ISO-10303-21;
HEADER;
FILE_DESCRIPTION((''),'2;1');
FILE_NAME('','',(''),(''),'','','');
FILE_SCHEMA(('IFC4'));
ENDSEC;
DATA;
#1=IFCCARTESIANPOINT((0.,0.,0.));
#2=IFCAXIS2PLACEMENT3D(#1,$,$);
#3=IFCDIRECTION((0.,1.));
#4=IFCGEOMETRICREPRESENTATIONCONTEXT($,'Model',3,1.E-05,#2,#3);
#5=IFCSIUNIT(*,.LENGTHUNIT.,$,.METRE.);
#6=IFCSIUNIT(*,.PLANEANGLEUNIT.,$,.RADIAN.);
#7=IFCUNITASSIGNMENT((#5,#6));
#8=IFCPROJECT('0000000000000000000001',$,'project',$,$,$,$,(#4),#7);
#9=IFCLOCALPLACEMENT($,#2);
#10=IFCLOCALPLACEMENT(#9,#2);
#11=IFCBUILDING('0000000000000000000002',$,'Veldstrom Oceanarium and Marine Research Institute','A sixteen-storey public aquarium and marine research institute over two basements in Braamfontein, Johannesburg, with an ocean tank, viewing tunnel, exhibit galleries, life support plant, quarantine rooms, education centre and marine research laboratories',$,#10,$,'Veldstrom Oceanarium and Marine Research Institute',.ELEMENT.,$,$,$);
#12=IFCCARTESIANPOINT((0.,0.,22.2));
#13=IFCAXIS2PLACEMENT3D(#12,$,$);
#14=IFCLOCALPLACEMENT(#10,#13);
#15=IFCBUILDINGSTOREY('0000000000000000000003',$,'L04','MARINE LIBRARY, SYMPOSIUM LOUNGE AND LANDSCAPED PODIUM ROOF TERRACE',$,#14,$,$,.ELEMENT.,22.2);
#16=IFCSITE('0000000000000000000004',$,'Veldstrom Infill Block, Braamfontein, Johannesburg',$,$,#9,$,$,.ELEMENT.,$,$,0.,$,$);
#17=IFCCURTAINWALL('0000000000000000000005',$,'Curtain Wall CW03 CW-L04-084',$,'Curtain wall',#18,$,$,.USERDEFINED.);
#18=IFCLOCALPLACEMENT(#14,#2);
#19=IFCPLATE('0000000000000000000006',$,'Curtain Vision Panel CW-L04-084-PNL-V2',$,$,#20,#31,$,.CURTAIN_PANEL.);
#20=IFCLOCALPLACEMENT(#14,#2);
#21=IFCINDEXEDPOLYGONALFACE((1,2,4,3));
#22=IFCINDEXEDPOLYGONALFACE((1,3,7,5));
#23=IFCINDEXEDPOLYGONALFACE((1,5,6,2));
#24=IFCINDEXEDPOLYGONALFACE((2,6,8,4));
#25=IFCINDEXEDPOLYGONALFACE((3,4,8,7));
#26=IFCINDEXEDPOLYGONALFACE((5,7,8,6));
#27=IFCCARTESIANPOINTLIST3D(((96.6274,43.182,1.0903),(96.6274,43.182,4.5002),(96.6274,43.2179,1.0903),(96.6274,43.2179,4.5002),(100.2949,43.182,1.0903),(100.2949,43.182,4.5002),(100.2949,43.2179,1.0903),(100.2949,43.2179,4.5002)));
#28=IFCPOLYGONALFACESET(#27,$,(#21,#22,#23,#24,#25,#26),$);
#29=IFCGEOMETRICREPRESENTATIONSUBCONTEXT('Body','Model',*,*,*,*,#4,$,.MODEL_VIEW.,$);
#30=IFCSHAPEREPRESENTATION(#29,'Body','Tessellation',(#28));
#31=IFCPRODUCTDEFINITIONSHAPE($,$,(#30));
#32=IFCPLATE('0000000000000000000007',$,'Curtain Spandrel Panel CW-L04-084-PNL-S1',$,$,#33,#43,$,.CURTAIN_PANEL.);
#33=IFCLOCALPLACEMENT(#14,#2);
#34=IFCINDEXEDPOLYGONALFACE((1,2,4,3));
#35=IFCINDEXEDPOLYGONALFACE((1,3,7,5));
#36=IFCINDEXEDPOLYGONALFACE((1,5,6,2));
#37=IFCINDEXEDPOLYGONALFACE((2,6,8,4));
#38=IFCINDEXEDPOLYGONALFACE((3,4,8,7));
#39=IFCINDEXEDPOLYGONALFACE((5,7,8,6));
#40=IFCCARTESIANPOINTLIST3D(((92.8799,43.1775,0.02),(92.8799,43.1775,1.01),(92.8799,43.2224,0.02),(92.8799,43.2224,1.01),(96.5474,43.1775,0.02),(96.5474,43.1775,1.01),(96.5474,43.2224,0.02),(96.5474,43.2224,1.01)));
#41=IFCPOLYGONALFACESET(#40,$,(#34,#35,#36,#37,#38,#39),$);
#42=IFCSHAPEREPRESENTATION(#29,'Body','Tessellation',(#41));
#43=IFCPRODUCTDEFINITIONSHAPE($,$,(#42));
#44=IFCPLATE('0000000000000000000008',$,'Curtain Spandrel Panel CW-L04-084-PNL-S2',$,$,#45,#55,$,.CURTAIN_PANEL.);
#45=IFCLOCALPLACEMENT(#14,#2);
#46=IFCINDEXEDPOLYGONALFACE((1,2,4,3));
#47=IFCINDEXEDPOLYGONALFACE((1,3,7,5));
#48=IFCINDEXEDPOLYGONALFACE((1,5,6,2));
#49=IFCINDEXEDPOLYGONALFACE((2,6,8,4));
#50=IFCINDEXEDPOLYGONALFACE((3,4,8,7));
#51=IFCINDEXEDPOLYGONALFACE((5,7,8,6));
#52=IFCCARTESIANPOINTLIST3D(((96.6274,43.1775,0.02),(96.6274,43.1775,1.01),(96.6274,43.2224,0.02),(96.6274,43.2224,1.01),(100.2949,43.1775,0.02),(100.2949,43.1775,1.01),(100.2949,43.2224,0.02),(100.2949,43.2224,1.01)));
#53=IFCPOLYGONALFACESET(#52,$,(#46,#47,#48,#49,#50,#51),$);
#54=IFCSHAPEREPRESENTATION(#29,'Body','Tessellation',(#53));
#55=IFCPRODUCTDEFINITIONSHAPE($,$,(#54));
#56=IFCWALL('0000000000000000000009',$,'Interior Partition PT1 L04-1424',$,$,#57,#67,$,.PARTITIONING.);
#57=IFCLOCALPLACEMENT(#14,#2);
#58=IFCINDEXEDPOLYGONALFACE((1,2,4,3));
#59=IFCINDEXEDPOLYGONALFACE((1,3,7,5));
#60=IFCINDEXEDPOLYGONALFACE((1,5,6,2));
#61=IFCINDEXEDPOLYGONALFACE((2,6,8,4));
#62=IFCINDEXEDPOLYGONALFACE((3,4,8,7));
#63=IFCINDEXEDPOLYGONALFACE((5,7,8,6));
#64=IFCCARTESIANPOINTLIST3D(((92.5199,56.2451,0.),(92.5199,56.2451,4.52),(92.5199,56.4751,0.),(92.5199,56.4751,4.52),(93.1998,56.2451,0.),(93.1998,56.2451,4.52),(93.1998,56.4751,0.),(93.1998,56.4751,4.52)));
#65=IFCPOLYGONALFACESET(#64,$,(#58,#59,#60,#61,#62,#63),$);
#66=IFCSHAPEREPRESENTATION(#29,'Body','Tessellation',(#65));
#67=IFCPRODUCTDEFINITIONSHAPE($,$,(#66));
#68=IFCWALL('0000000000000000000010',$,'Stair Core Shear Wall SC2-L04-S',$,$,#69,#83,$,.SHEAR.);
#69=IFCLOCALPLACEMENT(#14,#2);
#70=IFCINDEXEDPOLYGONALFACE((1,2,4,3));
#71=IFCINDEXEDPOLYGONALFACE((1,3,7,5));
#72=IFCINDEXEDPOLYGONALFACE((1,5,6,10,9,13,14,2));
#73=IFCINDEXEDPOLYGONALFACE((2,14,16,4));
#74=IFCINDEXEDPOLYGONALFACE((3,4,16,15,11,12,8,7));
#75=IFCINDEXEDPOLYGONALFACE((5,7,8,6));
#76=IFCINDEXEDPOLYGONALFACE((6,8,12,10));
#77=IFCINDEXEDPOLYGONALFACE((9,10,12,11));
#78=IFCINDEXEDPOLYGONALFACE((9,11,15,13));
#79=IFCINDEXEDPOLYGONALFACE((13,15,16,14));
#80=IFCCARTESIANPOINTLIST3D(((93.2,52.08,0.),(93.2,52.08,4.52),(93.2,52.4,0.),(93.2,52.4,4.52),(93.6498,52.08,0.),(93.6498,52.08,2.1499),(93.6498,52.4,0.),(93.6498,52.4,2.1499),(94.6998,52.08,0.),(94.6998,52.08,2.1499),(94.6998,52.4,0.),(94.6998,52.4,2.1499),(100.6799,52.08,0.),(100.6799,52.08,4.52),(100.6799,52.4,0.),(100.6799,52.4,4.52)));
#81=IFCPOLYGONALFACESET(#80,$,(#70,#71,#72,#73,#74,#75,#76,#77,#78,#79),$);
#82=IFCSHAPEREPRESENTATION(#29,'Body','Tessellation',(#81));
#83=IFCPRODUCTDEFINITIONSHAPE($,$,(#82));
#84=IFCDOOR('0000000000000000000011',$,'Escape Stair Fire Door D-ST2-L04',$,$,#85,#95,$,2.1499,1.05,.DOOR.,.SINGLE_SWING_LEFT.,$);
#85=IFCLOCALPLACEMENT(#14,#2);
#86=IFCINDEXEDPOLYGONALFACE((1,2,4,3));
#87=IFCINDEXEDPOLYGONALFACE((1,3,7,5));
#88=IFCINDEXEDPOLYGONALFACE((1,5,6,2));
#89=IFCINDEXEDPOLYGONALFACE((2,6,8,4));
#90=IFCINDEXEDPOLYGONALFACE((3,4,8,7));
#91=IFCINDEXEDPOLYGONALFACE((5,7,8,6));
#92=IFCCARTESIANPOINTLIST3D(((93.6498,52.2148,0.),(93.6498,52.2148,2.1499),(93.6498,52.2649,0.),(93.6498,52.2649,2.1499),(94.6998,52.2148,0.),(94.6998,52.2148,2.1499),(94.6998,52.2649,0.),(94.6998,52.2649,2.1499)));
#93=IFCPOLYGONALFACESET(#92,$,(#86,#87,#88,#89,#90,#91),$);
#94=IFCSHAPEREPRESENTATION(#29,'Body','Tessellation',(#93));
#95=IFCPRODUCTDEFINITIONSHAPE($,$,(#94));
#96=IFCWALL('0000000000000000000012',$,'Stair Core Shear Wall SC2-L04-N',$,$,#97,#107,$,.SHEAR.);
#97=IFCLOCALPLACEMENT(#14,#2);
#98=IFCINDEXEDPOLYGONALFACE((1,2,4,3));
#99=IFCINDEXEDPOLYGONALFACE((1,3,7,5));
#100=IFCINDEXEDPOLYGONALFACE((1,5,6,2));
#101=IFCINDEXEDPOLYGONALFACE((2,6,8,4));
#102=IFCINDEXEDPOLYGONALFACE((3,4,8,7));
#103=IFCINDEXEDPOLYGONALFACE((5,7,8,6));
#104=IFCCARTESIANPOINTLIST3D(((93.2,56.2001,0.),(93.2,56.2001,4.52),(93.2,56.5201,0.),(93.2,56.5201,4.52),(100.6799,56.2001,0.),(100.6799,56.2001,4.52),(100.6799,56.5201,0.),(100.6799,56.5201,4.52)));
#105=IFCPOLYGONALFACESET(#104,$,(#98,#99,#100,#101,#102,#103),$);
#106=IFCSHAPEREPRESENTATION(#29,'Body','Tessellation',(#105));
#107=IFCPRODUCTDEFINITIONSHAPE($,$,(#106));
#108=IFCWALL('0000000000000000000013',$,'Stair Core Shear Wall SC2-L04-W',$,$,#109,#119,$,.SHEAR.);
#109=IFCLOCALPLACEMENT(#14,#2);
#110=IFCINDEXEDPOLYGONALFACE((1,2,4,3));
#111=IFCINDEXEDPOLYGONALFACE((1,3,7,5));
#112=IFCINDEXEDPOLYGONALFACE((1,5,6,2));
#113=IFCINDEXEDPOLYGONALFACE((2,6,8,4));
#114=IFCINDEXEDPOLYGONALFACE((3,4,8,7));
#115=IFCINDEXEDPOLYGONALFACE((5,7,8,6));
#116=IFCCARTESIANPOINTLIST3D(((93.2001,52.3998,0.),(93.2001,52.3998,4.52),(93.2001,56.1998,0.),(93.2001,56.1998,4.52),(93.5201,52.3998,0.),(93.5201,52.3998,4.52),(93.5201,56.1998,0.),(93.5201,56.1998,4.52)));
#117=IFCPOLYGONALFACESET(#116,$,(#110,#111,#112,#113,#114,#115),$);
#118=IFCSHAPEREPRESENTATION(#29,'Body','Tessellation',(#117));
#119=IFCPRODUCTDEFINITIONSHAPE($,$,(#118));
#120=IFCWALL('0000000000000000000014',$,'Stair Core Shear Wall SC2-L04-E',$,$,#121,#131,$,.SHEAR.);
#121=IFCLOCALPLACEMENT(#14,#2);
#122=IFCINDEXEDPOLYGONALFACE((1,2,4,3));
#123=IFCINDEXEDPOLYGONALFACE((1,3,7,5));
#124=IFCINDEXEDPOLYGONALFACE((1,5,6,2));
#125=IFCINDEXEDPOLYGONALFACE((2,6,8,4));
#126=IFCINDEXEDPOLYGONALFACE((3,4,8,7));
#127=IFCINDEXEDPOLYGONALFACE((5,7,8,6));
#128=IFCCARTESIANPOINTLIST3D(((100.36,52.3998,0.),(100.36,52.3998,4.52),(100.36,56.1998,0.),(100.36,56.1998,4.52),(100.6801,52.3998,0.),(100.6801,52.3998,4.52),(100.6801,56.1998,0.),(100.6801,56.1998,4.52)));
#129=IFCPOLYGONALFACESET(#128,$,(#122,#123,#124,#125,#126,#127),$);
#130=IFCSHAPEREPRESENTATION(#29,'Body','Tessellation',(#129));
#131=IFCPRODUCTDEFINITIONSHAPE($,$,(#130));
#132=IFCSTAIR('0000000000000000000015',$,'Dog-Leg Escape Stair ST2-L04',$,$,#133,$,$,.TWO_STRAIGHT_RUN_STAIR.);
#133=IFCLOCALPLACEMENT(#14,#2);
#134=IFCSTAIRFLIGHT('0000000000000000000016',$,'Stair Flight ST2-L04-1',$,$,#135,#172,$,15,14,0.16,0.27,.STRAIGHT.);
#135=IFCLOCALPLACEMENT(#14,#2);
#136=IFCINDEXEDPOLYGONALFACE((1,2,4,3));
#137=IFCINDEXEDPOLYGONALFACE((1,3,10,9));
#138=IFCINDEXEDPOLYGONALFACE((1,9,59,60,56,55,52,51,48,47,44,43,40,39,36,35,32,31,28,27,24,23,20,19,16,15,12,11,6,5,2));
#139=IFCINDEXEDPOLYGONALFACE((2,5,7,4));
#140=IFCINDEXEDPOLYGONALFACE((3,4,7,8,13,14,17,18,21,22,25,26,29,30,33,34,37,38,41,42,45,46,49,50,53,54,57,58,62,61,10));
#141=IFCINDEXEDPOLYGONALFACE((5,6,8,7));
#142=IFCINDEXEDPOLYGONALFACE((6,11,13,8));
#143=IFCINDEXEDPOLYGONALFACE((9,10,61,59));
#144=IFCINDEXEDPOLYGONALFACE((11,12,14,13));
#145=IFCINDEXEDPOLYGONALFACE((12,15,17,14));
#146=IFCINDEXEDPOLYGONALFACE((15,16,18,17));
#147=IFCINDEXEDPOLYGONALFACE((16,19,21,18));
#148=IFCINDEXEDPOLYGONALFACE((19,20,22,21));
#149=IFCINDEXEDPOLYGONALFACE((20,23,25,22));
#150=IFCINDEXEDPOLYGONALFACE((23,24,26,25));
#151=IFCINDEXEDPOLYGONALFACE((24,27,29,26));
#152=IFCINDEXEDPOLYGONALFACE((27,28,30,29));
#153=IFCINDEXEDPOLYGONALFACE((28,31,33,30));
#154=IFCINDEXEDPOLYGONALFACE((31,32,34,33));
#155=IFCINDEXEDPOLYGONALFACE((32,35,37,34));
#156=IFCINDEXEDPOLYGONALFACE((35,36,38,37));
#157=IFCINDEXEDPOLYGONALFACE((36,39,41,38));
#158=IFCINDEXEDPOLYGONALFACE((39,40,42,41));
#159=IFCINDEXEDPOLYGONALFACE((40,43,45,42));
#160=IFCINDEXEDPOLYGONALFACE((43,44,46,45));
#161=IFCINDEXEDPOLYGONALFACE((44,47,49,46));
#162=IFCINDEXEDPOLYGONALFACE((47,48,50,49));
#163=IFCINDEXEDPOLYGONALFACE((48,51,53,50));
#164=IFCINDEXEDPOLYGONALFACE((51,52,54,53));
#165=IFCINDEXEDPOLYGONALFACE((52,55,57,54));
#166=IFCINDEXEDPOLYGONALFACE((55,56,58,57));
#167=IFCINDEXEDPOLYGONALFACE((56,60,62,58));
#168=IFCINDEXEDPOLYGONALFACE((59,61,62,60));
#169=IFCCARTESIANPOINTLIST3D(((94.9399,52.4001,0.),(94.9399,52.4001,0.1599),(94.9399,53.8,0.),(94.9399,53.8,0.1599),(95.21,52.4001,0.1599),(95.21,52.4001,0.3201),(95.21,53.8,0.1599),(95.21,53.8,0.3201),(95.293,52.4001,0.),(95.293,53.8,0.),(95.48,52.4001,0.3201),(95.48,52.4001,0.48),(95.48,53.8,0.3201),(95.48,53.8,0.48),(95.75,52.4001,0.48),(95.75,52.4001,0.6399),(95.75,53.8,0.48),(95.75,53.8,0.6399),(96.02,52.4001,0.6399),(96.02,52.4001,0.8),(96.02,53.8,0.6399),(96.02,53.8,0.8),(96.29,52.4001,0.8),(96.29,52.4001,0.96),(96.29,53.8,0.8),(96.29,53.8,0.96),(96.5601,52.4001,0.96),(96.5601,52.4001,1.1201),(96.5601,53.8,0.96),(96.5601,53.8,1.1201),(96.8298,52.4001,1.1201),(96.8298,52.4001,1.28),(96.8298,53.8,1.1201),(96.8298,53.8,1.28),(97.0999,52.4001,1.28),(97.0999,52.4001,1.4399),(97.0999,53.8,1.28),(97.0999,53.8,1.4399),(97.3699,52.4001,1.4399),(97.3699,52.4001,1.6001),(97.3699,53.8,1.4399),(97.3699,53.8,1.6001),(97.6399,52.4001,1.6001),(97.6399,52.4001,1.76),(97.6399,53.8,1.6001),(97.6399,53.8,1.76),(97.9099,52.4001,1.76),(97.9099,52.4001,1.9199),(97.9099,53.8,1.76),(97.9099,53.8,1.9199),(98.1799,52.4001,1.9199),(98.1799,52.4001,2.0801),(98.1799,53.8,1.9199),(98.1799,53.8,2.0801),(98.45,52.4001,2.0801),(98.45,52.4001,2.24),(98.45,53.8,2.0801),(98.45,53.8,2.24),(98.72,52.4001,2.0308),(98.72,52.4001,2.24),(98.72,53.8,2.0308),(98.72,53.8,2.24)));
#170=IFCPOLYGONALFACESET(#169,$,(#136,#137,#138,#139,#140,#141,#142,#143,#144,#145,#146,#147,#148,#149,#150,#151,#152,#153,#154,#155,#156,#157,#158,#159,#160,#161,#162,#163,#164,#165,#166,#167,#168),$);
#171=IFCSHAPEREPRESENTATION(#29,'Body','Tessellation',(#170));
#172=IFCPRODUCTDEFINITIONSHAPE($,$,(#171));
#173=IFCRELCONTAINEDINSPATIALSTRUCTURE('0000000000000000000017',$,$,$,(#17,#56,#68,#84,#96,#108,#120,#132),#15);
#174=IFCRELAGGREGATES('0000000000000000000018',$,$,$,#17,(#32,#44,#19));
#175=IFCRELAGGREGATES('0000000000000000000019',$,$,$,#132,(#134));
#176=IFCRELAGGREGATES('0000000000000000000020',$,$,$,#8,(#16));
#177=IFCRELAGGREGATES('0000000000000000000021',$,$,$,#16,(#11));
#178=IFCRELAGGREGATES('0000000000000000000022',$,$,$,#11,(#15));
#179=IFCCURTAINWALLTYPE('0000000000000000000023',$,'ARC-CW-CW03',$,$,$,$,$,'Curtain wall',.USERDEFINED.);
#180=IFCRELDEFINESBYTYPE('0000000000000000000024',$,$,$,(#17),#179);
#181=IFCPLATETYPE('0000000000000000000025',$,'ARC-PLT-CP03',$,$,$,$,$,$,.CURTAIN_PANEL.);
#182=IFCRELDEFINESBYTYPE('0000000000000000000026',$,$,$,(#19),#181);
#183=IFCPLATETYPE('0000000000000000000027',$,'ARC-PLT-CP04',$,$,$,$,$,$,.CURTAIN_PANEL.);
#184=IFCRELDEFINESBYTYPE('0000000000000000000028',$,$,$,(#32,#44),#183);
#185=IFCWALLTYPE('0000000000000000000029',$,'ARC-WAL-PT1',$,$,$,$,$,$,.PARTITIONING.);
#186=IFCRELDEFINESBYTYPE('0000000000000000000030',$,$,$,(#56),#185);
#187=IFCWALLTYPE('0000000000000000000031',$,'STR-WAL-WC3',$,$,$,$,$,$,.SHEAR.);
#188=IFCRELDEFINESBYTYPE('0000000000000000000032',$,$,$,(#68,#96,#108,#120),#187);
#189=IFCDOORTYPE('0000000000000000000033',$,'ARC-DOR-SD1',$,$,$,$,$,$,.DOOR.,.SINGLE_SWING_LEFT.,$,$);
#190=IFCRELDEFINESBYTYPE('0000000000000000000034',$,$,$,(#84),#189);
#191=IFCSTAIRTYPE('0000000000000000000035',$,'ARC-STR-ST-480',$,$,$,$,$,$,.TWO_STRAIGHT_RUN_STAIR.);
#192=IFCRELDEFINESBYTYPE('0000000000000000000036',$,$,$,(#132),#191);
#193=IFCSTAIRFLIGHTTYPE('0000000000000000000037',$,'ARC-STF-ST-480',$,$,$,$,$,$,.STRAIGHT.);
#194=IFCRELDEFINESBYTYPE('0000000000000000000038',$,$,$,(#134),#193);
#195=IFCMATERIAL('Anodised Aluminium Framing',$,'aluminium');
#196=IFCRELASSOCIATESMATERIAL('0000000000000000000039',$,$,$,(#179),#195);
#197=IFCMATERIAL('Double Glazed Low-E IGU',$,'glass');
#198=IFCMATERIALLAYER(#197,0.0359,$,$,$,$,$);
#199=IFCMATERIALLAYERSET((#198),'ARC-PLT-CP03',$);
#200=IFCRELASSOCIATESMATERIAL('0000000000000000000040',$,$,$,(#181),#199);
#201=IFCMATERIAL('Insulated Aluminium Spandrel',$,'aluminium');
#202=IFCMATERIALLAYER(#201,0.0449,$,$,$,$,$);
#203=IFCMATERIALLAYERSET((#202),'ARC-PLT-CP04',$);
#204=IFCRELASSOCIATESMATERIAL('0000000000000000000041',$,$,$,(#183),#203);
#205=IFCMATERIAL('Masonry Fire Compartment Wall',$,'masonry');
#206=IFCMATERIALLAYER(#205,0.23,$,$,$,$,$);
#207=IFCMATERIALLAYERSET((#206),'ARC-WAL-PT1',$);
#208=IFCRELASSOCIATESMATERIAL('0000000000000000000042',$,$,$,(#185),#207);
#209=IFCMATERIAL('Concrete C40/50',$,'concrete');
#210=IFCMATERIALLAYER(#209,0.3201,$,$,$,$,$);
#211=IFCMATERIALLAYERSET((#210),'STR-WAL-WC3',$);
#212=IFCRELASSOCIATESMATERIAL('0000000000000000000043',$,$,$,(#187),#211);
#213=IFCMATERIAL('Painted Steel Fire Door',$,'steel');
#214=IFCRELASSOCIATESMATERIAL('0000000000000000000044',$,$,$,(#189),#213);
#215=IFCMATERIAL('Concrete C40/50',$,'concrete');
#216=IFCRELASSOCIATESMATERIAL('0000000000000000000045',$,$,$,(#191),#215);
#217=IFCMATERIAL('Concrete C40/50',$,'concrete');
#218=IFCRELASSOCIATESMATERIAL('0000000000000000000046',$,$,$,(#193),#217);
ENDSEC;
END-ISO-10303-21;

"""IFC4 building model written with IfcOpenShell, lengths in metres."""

from ifc_helpers import new_model, si_unit, direction, frame, frame_2d, origin, origin_2d, place, context, subcontext, project, spatial, polyline, rectangle, outline, extrude, material, layer, layer_set, type_object, element, fill, aggregate, save


model = new_model("IFC4")

# Units and contexts
model_context = context("Model", 3, precision=1e-05, world=origin(), true_north=direction((0.0, 1.0)))
body_context = subcontext(model_context, "Body", "Model", "MODEL_VIEW")
ifc_project = project(units=[si_unit("LENGTHUNIT", "METRE"), si_unit("PLANEANGLEUNIT", "RADIAN")], contexts=[model_context])

# Site, building, storey
site_placement = place(None, origin())
site = spatial("IfcSite", under=ifc_project, at=site_placement, Name="Veldstrom Infill Block, Braamfontein, Johannesburg", CompositionType="ELEMENT", RefElevation=0.0)
building_placement = place(site_placement, origin())
building = spatial("IfcBuilding", under=site, at=building_placement, Name="Veldstrom Oceanarium and Marine Research Institute", Description="A sixteen-storey public aquarium and marine research institute over two basements in Braamfontein, Johannesburg, with an ocean tank, viewing tunnel, exhibit galleries, life support plant, quarantine rooms, education centre and marine research laboratories", LongName="Veldstrom Oceanarium and Marine Research Institute", CompositionType="ELEMENT")
storey_placement = place(building_placement, frame((0.0, 0.0, 22.2)))
storey = spatial("IfcBuildingStorey", under=building, at=storey_placement, Name="L04", Description="MARINE LIBRARY, SYMPOSIUM LOUNGE AND LANDSCAPED PODIUM ROOF TERRACE", CompositionType="ELEMENT", Elevation=22.2)

# Curtain wall
ifc_material_1 = material(Name="Anodised Aluminium Framing", Category="aluminium")
curtain_wall_type = type_object("IfcCurtainWallType", Name="ARC-CW-CW03", ElementType="Curtain wall", PredefinedType="USERDEFINED", material=ifc_material_1)
curtain_wall_placement = place(storey_placement, origin())
curtain_wall = element("IfcCurtainWall", 1, at=curtain_wall_placement, inside=storey, type_object=curtain_wall_type, Name="Curtain Wall CW03 CW-L04-084", ObjectType="Curtain wall", PredefinedType="USERDEFINED")

# Plates
ifc_material_2 = material(Name="Double Glazed Low-E IGU", Category="glass")
ifc_layer_1 = layer(ifc_material_2, 0.0359)
ifc_layer_set_1 = layer_set([ifc_layer_1], Name="ARC-PLT-CP03")
plate_type_1 = type_object("IfcPlateType", Name="ARC-PLT-CP03", PredefinedType="CURTAIN_PANEL", material=ifc_layer_set_1)
plate_1_placement = place(storey_placement, frame((98.4612, 43.2, 1.0903), z_axis=(0.0, 0.0, 1.0), x_axis=(1.0, 0.0, 0.0)))
plate_1 = element("IfcPlate", 2, at=plate_1_placement, type_object=plate_type_1, Name="Curtain Vision Panel CW-L04-084-PNL-V2", PredefinedType="CURTAIN_PANEL", context=body_context, shape_type="SweptSolid", body=[
    extrude(rectangle(XDim=3.6675, YDim=0.0359, at=origin_2d()), origin(), (0.0, 0.0, 1.0), 3.4099),
])
ifc_material_3 = material(Name="Insulated Aluminium Spandrel", Category="aluminium")
ifc_layer_2 = layer(ifc_material_3, 0.0449)
ifc_layer_set_2 = layer_set([ifc_layer_2], Name="ARC-PLT-CP04")
plate_type_2 = type_object("IfcPlateType", Name="ARC-PLT-CP04", PredefinedType="CURTAIN_PANEL", material=ifc_layer_set_2)
plate_2_placement = place(storey_placement, frame((94.7136, 43.2, 0.02), z_axis=(0.0, 0.0, 1.0), x_axis=(1.0, 0.0, 0.0)))
plate_2 = element("IfcPlate", 3, at=plate_2_placement, type_object=plate_type_2, Name="Curtain Spandrel Panel CW-L04-084-PNL-S1", PredefinedType="CURTAIN_PANEL", context=body_context, shape_type="SweptSolid", body=[
    extrude(rectangle(XDim=3.6675, YDim=0.0449, at=origin_2d()), origin(), (0.0, 0.0, 1.0), 0.99),
])
plate_3_placement = place(storey_placement, frame((98.4612, 43.2, 0.02), z_axis=(0.0, 0.0, 1.0), x_axis=(1.0, 0.0, 0.0)))
plate_3 = element("IfcPlate", 4, at=plate_3_placement, type_object=plate_type_2, Name="Curtain Spandrel Panel CW-L04-084-PNL-S2", PredefinedType="CURTAIN_PANEL", context=body_context, shape_type="SweptSolid", body=[
    extrude(rectangle(XDim=3.6675, YDim=0.0449, at=origin_2d()), origin(), (0.0, 0.0, 1.0), 0.99),
])
aggregate(curtain_wall, [plate_2, plate_3, plate_1])

# Shared definitions
ifc_material_4 = material(Name="Masonry Fire Compartment Wall", Category="masonry")
ifc_layer_3 = layer(ifc_material_4, 0.23)
ifc_layer_set_3 = layer_set([ifc_layer_3], Name="ARC-WAL-PT1")
wall_type_1 = type_object("IfcWallType", Name="ARC-WAL-PT1", PredefinedType="PARTITIONING", material=ifc_layer_set_3)

# Wall
wall_1_placement = place(storey_placement, frame((92.52, 56.3601, 0.0), z_axis=(0.0, 0.0, 1.0), x_axis=(1.0, 0.0, 0.0)))
element("IfcWall", 5, at=wall_1_placement, inside=storey, type_object=wall_type_1, Name="Interior Partition PT1 L04-1424", PredefinedType="PARTITIONING", context=body_context, shape_type="SweptSolid", body=[
    extrude(rectangle(XDim=0.6799, YDim=0.23, at=frame_2d((0.3398, 0.0))), origin(), (0.0, 0.0, 1.0), 4.52),
])

# Wall, opening, door
ifc_material_5 = material(Name="Concrete C40/50", Category="concrete")
ifc_layer_4 = layer(ifc_material_5, 0.3201)
ifc_layer_set_4 = layer_set([ifc_layer_4], Name="STR-WAL-WC3")
wall_type_2 = type_object("IfcWallType", Name="STR-WAL-WC3", PredefinedType="SHEAR", material=ifc_layer_set_4)
wall_2_placement = place(storey_placement, frame((93.2, 52.24, 0.0), z_axis=(0.0, 0.0, 1.0), x_axis=(1.0, 0.0, 0.0)))
wall_2 = element("IfcWall", 6, at=wall_2_placement, inside=storey, type_object=wall_type_2, Name="Stair Core Shear Wall SC2-L04-S", PredefinedType="SHEAR", context=body_context, shape_type="SweptSolid", body=[
    extrude(rectangle(XDim=7.48, YDim=0.3201, at=frame_2d((3.74, 0.0))), origin(), (0.0, 0.0, 1.0), 4.52),
])
opening_1_placement = place(wall_2_placement, frame((0.45, 0.0, 0.0)))
opening_1 = element("IfcOpeningElement", 7, at=opening_1_placement, cuts=wall_2, PredefinedType="OPENING", context=body_context, shape_type="SweptSolid", body=[
    extrude(rectangle(XDim=1.05, YDim=2.1499, at=frame_2d((0.5249, 1.075))), frame((0.0, 0.1699, 0.0), z_axis=(0.0, -1.0, 0.0), x_axis=(1.0, 0.0, 0.0)), (0.0, 0.0, 1.0), 0.3401),
])
ifc_material_6 = material(Name="Painted Steel Fire Door", Category="steel")
door_type_1 = type_object("IfcDoorType", Name="ARC-DOR-SD1", OperationType="SINGLE_SWING_LEFT", PredefinedType="DOOR", material=ifc_material_6)
door_1_placement = place(opening_1_placement, origin())
door_1 = element("IfcDoor", 8, at=door_1_placement, inside=storey, type_object=door_type_1, Name="Escape Stair Fire Door D-ST2-L04", OperationType="SINGLE_SWING_LEFT", OverallHeight=2.1499, OverallWidth=1.05, PredefinedType="DOOR", context=body_context, shape_type="SweptSolid", body=[
    extrude(rectangle(XDim=1.05, YDim=2.1499, at=frame_2d((0.5249, 1.075))), frame((0.0, 0.0249, 0.0), z_axis=(0.0, -1.0, 0.0), x_axis=(1.0, 0.0, 0.0)), (0.0, 0.0, 1.0), 0.05),
])
fill(opening_1, door_1)

# Walls
wall_3_placement = place(storey_placement, frame((93.2, 56.3601, 0.0), z_axis=(0.0, 0.0, 1.0), x_axis=(1.0, 0.0, 0.0)))
element("IfcWall", 9, at=wall_3_placement, inside=storey, type_object=wall_type_2, Name="Stair Core Shear Wall SC2-L04-N", PredefinedType="SHEAR", context=body_context, shape_type="SweptSolid", body=[
    extrude(rectangle(XDim=7.48, YDim=0.3201, at=frame_2d((3.74, 0.0))), origin(), (0.0, 0.0, 1.0), 4.52),
])
for number, where, z_axis, x_axis, name in (
    (10, (93.3601, 52.3999, 0.0), (0.0, 0.0, 1.0), (0.0, 1.0, 0.0), "Stair Core Shear Wall SC2-L04-W"),
    (11, (100.52, 52.3999, 0.0), (0.0, 0.0, 1.0), (0.0, 1.0, 0.0), "Stair Core Shear Wall SC2-L04-E"),
):
    element("IfcWall", number, at=place(storey_placement, frame(where, z_axis=z_axis, x_axis=x_axis)), inside=storey, type_object=wall_type_2, Name=name, PredefinedType="SHEAR", context=body_context, shape_type="SweptSolid", body=[
        extrude(rectangle(XDim=3.8, YDim=0.3201, at=frame_2d((1.8999, 0.0))), origin(), (0.0, 0.0, 1.0), 4.52),
    ])

# Stair, stair flight
ifc_material_7 = material(Name="Concrete C40/50", Category="concrete")
stair_type = type_object("IfcStairType", Name="ARC-STR-ST-480", PredefinedType="TWO_STRAIGHT_RUN_STAIR", material=ifc_material_7)
stair_placement = place(storey_placement, origin())
stair = element("IfcStair", 12, at=stair_placement, inside=storey, type_object=stair_type, Name="Dog-Leg Escape Stair ST2-L04", PredefinedType="TWO_STRAIGHT_RUN_STAIR")
ifc_material_8 = material(Name="Concrete C40/50", Category="concrete")
stair_flight_type = type_object("IfcStairFlightType", Name="ARC-STF-ST-480", PredefinedType="STRAIGHT", material=ifc_material_8)
stair_flight_1_placement = place(storey_placement, frame((94.9399, 53.1001, 0.0), z_axis=(0.0, 0.0, 1.0), x_axis=(1.0, 0.0, 0.0)))
stair_flight_1 = element("IfcStairFlight", 13, at=stair_flight_1_placement, type_object=stair_flight_type, Name="Stair Flight ST2-L04-1", NumberOfRisers=15, NumberOfTreads=14, PredefinedType="STRAIGHT", RiserHeight=0.16, TreadLength=0.27, context=body_context, shape_type="SweptSolid", body=[
    extrude(outline(polyline([(0.0, 0.0), (0.0, 0.1599), (0.27, 0.1599), (0.27, 0.3201), (0.54, 0.3201), (0.54, 0.48), (0.8101, 0.48), (0.8101, 0.6399), (1.0801, 0.6399), (1.0801, 0.8), (1.3501, 0.8), (1.3501, 0.96), (1.6201, 0.96), (1.6201, 1.1201), (1.8899, 1.1201), (1.8899, 1.28), (2.1599, 1.28), (2.1599, 1.4399), (2.4299, 1.4399), (2.4299, 1.6001), (2.7, 1.6001), (2.7, 1.76), (2.97, 1.76), (2.97, 1.9199), (3.24, 1.9199), (3.24, 2.0801), (3.51, 2.0801), (3.51, 2.24), (3.78, 2.24), (3.78, 2.3999), (3.78, 2.0308), (0.353, 0.0), (0.0, 0.0)])), frame((0.0, 0.7, 0.0), z_axis=(0.0, -1.0, 0.0), x_axis=(1.0, 0.0, 0.0)), (0.0, 0.0, 1.0), 1.3999),
])
aggregate(stair, [stair_flight_1])

save(model, "model.ifc")
